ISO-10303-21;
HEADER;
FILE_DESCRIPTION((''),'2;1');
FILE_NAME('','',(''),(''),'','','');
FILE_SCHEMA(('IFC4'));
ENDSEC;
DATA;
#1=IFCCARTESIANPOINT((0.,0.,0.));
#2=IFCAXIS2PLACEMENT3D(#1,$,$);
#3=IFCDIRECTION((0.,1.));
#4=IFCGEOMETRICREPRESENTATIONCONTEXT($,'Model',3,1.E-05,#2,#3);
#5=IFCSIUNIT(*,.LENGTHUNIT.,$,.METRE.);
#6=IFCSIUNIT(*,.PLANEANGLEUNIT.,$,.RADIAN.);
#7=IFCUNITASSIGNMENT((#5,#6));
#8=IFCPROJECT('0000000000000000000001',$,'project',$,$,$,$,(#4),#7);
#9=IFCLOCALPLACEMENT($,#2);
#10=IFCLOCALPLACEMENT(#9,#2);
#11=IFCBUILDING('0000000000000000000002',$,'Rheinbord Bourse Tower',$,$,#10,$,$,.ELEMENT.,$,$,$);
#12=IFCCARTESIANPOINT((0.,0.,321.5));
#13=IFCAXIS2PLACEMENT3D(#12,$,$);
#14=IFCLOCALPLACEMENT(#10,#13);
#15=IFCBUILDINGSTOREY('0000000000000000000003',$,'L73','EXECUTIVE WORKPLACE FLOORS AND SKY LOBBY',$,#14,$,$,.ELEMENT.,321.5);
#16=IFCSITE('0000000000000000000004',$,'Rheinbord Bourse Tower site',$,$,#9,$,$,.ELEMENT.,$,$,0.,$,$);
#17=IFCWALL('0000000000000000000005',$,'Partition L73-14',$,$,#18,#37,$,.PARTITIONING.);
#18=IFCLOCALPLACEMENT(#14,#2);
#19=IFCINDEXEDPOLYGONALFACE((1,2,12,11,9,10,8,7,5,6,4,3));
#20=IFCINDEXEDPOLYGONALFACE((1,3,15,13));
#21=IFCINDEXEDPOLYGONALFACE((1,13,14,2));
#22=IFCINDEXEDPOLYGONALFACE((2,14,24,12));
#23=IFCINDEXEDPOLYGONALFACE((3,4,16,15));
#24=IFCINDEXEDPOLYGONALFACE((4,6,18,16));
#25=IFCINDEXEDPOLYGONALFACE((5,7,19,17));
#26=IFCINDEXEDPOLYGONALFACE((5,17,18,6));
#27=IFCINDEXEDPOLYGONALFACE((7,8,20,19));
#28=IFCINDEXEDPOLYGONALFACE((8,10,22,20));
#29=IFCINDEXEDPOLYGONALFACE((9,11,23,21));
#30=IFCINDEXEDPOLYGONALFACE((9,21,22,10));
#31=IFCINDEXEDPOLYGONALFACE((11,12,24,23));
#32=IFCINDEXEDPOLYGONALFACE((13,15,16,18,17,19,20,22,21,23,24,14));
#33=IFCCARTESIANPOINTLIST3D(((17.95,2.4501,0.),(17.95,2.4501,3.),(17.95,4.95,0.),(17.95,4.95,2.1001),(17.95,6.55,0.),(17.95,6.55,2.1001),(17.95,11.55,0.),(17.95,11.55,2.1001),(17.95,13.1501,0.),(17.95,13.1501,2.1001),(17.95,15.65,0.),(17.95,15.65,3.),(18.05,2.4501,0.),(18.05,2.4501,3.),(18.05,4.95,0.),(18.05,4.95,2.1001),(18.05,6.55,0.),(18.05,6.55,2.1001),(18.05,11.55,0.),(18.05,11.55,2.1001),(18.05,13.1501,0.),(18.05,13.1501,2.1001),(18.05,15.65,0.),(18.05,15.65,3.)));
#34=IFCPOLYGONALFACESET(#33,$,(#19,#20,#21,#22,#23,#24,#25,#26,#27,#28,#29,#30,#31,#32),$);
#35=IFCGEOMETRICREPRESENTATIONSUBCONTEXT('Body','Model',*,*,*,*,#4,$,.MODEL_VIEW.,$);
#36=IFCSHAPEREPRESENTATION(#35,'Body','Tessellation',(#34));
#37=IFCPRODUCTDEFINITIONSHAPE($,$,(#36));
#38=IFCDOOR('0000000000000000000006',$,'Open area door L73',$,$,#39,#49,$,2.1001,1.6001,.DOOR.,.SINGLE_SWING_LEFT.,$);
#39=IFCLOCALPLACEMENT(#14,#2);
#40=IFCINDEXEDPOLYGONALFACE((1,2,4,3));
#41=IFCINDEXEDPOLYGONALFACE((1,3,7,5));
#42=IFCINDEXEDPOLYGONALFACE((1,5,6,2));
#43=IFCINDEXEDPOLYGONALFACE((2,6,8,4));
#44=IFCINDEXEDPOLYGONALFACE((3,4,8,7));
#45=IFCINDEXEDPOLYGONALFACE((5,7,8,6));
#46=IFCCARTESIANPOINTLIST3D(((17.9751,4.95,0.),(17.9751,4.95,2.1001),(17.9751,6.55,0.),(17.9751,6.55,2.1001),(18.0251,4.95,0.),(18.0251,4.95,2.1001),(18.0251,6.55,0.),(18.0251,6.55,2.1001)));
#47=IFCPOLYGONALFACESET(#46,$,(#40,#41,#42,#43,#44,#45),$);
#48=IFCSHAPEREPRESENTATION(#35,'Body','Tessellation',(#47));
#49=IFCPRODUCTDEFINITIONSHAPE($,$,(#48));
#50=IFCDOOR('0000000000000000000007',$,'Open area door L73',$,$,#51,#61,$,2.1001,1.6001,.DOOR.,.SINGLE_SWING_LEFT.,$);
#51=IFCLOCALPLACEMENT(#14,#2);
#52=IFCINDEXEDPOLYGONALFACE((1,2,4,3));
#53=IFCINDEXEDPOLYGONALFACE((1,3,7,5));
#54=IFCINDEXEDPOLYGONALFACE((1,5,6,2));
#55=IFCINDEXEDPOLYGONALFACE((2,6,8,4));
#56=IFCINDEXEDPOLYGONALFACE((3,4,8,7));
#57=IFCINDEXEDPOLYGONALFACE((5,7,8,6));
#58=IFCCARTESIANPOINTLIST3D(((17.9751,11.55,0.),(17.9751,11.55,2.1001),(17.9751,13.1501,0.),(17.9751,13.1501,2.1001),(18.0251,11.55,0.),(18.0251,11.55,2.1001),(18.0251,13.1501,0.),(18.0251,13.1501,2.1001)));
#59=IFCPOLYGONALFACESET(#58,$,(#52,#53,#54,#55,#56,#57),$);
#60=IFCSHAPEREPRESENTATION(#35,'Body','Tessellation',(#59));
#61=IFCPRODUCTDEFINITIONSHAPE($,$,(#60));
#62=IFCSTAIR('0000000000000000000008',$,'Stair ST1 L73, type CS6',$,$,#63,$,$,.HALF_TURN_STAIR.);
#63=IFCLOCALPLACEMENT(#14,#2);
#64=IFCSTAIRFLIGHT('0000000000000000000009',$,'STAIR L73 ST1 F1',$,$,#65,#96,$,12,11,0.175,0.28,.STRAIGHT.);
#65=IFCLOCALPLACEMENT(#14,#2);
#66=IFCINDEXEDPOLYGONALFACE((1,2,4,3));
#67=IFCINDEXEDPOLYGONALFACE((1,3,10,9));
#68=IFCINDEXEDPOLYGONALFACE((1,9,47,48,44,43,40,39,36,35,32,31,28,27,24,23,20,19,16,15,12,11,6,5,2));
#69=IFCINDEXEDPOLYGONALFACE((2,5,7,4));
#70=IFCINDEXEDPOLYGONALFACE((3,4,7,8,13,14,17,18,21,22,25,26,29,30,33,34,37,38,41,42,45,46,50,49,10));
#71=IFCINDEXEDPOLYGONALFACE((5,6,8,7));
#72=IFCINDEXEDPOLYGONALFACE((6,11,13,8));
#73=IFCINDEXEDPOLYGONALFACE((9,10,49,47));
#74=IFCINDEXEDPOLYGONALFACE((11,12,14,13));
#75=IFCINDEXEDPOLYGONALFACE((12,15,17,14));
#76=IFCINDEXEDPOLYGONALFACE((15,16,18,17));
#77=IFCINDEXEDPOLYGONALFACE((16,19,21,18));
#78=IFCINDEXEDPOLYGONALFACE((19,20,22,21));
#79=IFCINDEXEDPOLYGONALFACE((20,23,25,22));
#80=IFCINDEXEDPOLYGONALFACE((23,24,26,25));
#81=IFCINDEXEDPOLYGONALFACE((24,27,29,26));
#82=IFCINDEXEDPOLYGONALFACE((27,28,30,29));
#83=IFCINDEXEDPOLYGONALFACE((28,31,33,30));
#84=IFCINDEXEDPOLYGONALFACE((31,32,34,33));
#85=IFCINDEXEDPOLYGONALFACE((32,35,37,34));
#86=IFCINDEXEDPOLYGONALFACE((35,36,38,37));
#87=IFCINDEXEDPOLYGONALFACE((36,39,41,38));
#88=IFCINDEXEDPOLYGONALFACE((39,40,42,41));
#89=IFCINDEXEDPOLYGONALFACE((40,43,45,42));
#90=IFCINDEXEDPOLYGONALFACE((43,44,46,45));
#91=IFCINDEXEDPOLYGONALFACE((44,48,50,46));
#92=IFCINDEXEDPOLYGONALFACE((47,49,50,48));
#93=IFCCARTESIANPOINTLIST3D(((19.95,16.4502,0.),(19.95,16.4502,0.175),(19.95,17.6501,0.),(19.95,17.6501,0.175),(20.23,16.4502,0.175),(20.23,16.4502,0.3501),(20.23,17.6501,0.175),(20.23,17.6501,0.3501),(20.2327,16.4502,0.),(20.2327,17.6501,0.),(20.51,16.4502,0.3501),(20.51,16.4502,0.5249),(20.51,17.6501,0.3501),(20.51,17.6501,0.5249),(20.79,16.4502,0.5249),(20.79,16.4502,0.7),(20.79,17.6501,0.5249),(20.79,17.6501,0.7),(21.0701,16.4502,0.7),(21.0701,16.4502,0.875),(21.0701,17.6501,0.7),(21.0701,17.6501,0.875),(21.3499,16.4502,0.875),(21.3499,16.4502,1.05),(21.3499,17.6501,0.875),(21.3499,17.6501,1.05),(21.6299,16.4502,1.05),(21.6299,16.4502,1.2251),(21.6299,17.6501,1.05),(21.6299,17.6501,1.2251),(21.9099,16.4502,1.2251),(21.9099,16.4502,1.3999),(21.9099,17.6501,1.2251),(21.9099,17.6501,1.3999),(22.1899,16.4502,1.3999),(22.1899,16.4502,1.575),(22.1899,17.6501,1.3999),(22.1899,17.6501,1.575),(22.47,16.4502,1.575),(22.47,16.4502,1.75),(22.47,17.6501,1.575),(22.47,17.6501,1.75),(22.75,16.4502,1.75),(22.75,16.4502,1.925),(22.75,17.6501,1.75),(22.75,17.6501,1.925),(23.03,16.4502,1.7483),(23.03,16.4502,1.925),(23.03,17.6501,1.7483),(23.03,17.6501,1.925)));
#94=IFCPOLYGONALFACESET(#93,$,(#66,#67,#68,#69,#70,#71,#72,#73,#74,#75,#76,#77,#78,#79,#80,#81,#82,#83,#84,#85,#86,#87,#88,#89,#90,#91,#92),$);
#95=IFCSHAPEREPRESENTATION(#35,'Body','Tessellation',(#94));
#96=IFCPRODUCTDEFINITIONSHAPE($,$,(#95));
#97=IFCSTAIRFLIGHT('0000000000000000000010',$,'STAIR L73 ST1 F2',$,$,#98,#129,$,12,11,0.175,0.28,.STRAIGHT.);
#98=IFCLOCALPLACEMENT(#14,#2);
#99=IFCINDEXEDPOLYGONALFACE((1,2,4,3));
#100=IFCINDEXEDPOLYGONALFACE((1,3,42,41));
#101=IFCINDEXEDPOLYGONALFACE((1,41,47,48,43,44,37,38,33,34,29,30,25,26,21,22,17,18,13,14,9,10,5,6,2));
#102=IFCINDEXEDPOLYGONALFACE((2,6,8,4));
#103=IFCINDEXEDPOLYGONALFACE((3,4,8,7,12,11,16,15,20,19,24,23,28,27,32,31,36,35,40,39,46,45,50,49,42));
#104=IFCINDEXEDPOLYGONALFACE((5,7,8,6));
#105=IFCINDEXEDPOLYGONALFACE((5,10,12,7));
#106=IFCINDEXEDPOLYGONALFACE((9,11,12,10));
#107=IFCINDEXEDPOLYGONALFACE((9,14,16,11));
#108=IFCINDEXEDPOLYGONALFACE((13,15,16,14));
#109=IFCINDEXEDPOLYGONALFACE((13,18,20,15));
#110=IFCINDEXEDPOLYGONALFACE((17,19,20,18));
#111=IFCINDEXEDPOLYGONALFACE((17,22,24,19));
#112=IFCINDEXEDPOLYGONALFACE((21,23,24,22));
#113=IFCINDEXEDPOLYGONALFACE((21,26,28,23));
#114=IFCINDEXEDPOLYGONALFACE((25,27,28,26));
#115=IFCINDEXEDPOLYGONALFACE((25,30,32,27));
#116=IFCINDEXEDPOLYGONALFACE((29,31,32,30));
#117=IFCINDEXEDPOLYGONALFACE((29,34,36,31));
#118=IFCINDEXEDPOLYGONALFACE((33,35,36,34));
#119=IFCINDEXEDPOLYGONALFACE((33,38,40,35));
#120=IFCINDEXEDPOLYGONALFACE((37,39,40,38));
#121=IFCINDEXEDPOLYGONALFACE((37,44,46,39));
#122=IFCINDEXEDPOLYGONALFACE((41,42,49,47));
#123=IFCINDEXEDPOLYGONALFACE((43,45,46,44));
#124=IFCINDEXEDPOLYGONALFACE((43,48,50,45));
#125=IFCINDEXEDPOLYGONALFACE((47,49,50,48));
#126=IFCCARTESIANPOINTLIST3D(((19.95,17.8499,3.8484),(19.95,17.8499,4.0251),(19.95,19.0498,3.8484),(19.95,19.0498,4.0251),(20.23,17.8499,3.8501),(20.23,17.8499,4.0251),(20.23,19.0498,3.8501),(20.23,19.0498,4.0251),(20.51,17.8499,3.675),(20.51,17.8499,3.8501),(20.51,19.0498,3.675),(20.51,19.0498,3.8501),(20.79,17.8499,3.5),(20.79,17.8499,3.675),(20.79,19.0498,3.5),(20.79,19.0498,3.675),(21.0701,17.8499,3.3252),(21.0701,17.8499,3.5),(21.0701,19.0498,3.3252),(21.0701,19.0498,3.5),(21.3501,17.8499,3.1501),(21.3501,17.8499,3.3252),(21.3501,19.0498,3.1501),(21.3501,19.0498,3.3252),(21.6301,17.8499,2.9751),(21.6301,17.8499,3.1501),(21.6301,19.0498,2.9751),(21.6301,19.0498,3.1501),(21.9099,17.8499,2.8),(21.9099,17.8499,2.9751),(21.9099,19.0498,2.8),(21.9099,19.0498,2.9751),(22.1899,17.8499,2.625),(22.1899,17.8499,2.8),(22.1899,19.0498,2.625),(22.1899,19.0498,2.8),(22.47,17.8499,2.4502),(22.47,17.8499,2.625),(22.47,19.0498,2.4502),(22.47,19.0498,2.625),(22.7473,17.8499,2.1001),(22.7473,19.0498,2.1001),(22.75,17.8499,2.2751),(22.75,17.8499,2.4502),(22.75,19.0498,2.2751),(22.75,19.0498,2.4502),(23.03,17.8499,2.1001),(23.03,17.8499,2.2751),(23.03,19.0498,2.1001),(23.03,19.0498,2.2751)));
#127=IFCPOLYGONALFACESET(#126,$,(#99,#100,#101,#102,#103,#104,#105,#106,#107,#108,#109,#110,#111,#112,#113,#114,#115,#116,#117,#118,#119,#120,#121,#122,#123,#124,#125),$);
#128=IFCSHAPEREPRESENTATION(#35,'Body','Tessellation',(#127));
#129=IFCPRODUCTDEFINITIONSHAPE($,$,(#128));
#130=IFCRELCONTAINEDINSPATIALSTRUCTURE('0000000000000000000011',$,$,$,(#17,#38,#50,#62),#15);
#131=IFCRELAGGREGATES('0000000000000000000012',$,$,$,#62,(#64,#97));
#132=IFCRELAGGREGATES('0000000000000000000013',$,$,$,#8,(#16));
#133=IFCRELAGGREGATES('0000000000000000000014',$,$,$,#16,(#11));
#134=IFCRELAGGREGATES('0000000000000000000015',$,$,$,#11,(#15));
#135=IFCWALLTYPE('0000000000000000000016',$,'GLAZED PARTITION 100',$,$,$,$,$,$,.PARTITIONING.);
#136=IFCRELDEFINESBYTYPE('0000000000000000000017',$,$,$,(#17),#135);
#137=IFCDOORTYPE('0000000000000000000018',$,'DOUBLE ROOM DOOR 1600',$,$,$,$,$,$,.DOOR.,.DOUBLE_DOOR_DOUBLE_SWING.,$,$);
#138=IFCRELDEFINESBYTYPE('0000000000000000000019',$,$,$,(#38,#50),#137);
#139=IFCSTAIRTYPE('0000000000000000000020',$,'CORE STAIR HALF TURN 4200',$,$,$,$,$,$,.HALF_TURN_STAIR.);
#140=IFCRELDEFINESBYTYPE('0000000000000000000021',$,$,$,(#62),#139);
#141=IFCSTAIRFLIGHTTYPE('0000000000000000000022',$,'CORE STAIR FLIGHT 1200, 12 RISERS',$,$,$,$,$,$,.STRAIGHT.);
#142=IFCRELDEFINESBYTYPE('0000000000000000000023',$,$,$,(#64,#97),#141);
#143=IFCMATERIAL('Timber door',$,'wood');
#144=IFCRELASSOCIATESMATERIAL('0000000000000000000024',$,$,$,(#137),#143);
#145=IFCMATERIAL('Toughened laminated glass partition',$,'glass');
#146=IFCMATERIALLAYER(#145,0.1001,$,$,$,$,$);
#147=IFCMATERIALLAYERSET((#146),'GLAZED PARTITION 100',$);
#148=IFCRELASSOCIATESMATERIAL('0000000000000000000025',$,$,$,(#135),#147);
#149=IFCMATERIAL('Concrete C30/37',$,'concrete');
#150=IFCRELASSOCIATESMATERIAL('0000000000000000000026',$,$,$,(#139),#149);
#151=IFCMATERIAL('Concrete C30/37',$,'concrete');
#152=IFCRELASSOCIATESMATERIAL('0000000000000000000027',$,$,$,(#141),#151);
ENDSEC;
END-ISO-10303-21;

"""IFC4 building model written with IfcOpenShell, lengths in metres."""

from ifc_helpers import new_model, si_unit, direction, frame, frame_2d, origin, place, context, subcontext, project, spatial, polyline, rectangle, outline, extrude, material, layer, layer_set, type_object, element, fill, aggregate, save


model = new_model("IFC4")

# Units and contexts
model_context = context("Model", 3, precision=1e-05, world=origin(), true_north=direction((0.0, 1.0)))
body_context = subcontext(model_context, "Body", "Model", "MODEL_VIEW")
ifc_project = project(units=[si_unit("LENGTHUNIT", "METRE"), si_unit("PLANEANGLEUNIT", "RADIAN")], contexts=[model_context])

# Site, building, storey
site_placement = place(None, origin())
site = spatial("IfcSite", under=ifc_project, at=site_placement, Name="Rheinbord Bourse Tower site", CompositionType="ELEMENT", RefElevation=0.0)
building_placement = place(site_placement, origin())
building = spatial("IfcBuilding", under=site, at=building_placement, Name="Rheinbord Bourse Tower", CompositionType="ELEMENT")
storey_placement = place(building_placement, frame((0.0, 0.0, 321.5)))
storey = spatial("IfcBuildingStorey", under=building, at=storey_placement, Name="L73", Description="EXECUTIVE WORKPLACE FLOORS AND SKY LOBBY", CompositionType="ELEMENT", Elevation=321.5)

# Shared definitions
ifc_material_1 = material(Name="Timber door", Category="wood")
door_type_1 = type_object("IfcDoorType", Name="DOUBLE ROOM DOOR 1600", OperationType="DOUBLE_DOOR_DOUBLE_SWING", PredefinedType="DOOR", material=ifc_material_1)

# Wall, openings, doors
ifc_material_2 = material(Name="Toughened laminated glass partition", Category="glass")
ifc_layer_1 = layer(ifc_material_2, 0.1001)
ifc_layer_set_1 = layer_set([ifc_layer_1], Name="GLAZED PARTITION 100")
wall_type_1 = type_object("IfcWallType", Name="GLAZED PARTITION 100", PredefinedType="PARTITIONING", material=ifc_layer_set_1)
wall_1_placement = place(storey_placement, frame((18.0, 2.45, 0.0), z_axis=(0.0, 0.0, 1.0), x_axis=(0.0, 1.0, 0.0)))
wall_1 = element("IfcWall", 1, at=wall_1_placement, inside=storey, type_object=wall_type_1, Name="Partition L73-14", PredefinedType="PARTITIONING", context=body_context, shape_type="SweptSolid", body=[
    extrude(rectangle(XDim=13.2, YDim=0.1001, at=frame_2d((6.6001, 0.0))), origin(), (0.0, 0.0, 1.0), 3.0),
])
opening_1_placement = place(wall_1_placement, frame((2.5, 0.0, 0.0)))
opening_1 = element("IfcOpeningElement", 2, at=opening_1_placement, cuts=wall_1, PredefinedType="OPENING", context=body_context, shape_type="SweptSolid", body=[
    extrude(rectangle(XDim=1.6001, YDim=2.1001, at=frame_2d((0.8, 1.05))), frame((0.0, 0.0601, 0.0), z_axis=(0.0, -1.0, 0.0), x_axis=(1.0, 0.0, 0.0)), (0.0, 0.0, 1.0), 0.1201),
])
opening_2_placement = place(wall_1_placement, frame((9.1001, 0.0, 0.0)))
opening_2 = element("IfcOpeningElement", 3, at=opening_2_placement, cuts=wall_1, PredefinedType="OPENING", context=body_context, shape_type="SweptSolid", body=[
    extrude(rectangle(XDim=1.6001, YDim=2.1001, at=frame_2d((0.8, 1.05))), frame((0.0, 0.0601, 0.0), z_axis=(0.0, -1.0, 0.0), x_axis=(1.0, 0.0, 0.0)), (0.0, 0.0, 1.0), 0.1201),
])
door_1_placement = place(opening_1_placement, origin())
door_1 = element("IfcDoor", 4, at=door_1_placement, inside=storey, type_object=door_type_1, Name="Open area door L73", OperationType="SINGLE_SWING_LEFT", OverallHeight=2.1001, OverallWidth=1.6001, PredefinedType="DOOR", context=body_context, shape_type="SweptSolid", body=[
    extrude(rectangle(XDim=1.6001, YDim=2.1001, at=frame_2d((0.8, 1.05))), frame((0.0, 0.0249, 0.0), z_axis=(0.0, -1.0, 0.0), x_axis=(1.0, 0.0, 0.0)), (0.0, 0.0, 1.0), 0.05),
])
fill(opening_1, door_1)
door_2_placement = place(opening_2_placement, origin())
door_2 = element("IfcDoor", 5, at=door_2_placement, inside=storey, type_object=door_type_1, Name="Open area door L73", OperationType="SINGLE_SWING_LEFT", OverallHeight=2.1001, OverallWidth=1.6001, PredefinedType="DOOR", context=body_context, shape_type="SweptSolid", body=[
    extrude(rectangle(XDim=1.6001, YDim=2.1001, at=frame_2d((0.8, 1.05))), frame((0.0, 0.0249, 0.0), z_axis=(0.0, -1.0, 0.0), x_axis=(1.0, 0.0, 0.0)), (0.0, 0.0, 1.0), 0.05),
])
fill(opening_2, door_2)

# Stair, stair flights
ifc_material_3 = material(Name="Concrete C30/37", Category="concrete")
stair_type = type_object("IfcStairType", Name="CORE STAIR HALF TURN 4200", PredefinedType="HALF_TURN_STAIR", material=ifc_material_3)
stair_placement = place(storey_placement, origin())
stair = element("IfcStair", 6, at=stair_placement, inside=storey, type_object=stair_type, Name="Stair ST1 L73, type CS6", PredefinedType="HALF_TURN_STAIR")
ifc_material_4 = material(Name="Concrete C30/37", Category="concrete")
stair_flight_type = type_object("IfcStairFlightType", Name="CORE STAIR FLIGHT 1200, 12 RISERS", PredefinedType="STRAIGHT", material=ifc_material_4)
stair_flight_1_placement = place(storey_placement, frame((19.95, 17.05, 0.0), z_axis=(0.0, 0.0, 1.0), x_axis=(1.0, 0.0, 0.0)))
stair_flight_1 = element("IfcStairFlight", 7, at=stair_flight_1_placement, type_object=stair_flight_type, Name="STAIR L73 ST1 F1", NumberOfRisers=12, NumberOfTreads=11, PredefinedType="STRAIGHT", RiserHeight=0.175, TreadLength=0.28, context=body_context, shape_type="SweptSolid", body=[
    extrude(outline(polyline([(0.0, 0.0), (0.0, 0.175), (0.28, 0.175), (0.28, 0.3501), (0.5601, 0.3501), (0.5601, 0.5249), (0.8401, 0.5249), (0.8401, 0.7), (1.1201, 0.7), (1.1201, 0.875), (1.3999, 0.875), (1.3999, 1.05), (1.6799, 1.05), (1.6799, 1.2251), (1.96, 1.2251), (1.96, 1.3999), (2.24, 1.3999), (2.24, 1.575), (2.52, 1.575), (2.52, 1.75), (2.8, 1.75), (2.8, 1.925), (3.0801, 1.925), (3.0801, 2.1001), (3.0801, 1.7483), (0.2827, 0.0), (0.0, 0.0)])), frame((0.0, 0.6001, 0.0), z_axis=(0.0, -1.0, 0.0), x_axis=(1.0, 0.0, 0.0)), (0.0, 0.0, 1.0), 1.2),
])
stair_flight_2_placement = place(storey_placement, frame((23.03, 18.45, 2.1001), z_axis=(0.0, 0.0, 1.0), x_axis=(-1.0, 0.0, 0.0)))
stair_flight_2 = element("IfcStairFlight", 8, at=stair_flight_2_placement, type_object=stair_flight_type, Name="STAIR L73 ST1 F2", NumberOfRisers=12, NumberOfTreads=11, PredefinedType="STRAIGHT", RiserHeight=0.175, TreadLength=0.28, context=body_context, shape_type="SweptSolid", body=[
    extrude(outline(polyline([(0.0, 0.0), (0.0, 0.175), (0.28, 0.175), (0.28, 0.3501), (0.5601, 0.3501), (0.5601, 0.5249), (0.8401, 0.5249), (0.8401, 0.7), (1.1201, 0.7), (1.1201, 0.875), (1.3999, 0.875), (1.3999, 1.05), (1.6799, 1.05), (1.6799, 1.2251), (1.96, 1.2251), (1.96, 1.3999), (2.24, 1.3999), (2.24, 1.575), (2.52, 1.575), (2.52, 1.75), (2.8, 1.75), (2.8, 1.925), (3.0801, 1.925), (3.0801, 2.1001), (3.0801, 1.7483), (0.2827, 0.0), (0.0, 0.0)])), frame((0.0, 0.6001, 0.0), z_axis=(0.0, -1.0, 0.0), x_axis=(1.0, 0.0, 0.0)), (0.0, 0.0, 1.0), 1.2),
])
aggregate(stair, [stair_flight_1, stair_flight_2])

save(model, "model.ifc")
